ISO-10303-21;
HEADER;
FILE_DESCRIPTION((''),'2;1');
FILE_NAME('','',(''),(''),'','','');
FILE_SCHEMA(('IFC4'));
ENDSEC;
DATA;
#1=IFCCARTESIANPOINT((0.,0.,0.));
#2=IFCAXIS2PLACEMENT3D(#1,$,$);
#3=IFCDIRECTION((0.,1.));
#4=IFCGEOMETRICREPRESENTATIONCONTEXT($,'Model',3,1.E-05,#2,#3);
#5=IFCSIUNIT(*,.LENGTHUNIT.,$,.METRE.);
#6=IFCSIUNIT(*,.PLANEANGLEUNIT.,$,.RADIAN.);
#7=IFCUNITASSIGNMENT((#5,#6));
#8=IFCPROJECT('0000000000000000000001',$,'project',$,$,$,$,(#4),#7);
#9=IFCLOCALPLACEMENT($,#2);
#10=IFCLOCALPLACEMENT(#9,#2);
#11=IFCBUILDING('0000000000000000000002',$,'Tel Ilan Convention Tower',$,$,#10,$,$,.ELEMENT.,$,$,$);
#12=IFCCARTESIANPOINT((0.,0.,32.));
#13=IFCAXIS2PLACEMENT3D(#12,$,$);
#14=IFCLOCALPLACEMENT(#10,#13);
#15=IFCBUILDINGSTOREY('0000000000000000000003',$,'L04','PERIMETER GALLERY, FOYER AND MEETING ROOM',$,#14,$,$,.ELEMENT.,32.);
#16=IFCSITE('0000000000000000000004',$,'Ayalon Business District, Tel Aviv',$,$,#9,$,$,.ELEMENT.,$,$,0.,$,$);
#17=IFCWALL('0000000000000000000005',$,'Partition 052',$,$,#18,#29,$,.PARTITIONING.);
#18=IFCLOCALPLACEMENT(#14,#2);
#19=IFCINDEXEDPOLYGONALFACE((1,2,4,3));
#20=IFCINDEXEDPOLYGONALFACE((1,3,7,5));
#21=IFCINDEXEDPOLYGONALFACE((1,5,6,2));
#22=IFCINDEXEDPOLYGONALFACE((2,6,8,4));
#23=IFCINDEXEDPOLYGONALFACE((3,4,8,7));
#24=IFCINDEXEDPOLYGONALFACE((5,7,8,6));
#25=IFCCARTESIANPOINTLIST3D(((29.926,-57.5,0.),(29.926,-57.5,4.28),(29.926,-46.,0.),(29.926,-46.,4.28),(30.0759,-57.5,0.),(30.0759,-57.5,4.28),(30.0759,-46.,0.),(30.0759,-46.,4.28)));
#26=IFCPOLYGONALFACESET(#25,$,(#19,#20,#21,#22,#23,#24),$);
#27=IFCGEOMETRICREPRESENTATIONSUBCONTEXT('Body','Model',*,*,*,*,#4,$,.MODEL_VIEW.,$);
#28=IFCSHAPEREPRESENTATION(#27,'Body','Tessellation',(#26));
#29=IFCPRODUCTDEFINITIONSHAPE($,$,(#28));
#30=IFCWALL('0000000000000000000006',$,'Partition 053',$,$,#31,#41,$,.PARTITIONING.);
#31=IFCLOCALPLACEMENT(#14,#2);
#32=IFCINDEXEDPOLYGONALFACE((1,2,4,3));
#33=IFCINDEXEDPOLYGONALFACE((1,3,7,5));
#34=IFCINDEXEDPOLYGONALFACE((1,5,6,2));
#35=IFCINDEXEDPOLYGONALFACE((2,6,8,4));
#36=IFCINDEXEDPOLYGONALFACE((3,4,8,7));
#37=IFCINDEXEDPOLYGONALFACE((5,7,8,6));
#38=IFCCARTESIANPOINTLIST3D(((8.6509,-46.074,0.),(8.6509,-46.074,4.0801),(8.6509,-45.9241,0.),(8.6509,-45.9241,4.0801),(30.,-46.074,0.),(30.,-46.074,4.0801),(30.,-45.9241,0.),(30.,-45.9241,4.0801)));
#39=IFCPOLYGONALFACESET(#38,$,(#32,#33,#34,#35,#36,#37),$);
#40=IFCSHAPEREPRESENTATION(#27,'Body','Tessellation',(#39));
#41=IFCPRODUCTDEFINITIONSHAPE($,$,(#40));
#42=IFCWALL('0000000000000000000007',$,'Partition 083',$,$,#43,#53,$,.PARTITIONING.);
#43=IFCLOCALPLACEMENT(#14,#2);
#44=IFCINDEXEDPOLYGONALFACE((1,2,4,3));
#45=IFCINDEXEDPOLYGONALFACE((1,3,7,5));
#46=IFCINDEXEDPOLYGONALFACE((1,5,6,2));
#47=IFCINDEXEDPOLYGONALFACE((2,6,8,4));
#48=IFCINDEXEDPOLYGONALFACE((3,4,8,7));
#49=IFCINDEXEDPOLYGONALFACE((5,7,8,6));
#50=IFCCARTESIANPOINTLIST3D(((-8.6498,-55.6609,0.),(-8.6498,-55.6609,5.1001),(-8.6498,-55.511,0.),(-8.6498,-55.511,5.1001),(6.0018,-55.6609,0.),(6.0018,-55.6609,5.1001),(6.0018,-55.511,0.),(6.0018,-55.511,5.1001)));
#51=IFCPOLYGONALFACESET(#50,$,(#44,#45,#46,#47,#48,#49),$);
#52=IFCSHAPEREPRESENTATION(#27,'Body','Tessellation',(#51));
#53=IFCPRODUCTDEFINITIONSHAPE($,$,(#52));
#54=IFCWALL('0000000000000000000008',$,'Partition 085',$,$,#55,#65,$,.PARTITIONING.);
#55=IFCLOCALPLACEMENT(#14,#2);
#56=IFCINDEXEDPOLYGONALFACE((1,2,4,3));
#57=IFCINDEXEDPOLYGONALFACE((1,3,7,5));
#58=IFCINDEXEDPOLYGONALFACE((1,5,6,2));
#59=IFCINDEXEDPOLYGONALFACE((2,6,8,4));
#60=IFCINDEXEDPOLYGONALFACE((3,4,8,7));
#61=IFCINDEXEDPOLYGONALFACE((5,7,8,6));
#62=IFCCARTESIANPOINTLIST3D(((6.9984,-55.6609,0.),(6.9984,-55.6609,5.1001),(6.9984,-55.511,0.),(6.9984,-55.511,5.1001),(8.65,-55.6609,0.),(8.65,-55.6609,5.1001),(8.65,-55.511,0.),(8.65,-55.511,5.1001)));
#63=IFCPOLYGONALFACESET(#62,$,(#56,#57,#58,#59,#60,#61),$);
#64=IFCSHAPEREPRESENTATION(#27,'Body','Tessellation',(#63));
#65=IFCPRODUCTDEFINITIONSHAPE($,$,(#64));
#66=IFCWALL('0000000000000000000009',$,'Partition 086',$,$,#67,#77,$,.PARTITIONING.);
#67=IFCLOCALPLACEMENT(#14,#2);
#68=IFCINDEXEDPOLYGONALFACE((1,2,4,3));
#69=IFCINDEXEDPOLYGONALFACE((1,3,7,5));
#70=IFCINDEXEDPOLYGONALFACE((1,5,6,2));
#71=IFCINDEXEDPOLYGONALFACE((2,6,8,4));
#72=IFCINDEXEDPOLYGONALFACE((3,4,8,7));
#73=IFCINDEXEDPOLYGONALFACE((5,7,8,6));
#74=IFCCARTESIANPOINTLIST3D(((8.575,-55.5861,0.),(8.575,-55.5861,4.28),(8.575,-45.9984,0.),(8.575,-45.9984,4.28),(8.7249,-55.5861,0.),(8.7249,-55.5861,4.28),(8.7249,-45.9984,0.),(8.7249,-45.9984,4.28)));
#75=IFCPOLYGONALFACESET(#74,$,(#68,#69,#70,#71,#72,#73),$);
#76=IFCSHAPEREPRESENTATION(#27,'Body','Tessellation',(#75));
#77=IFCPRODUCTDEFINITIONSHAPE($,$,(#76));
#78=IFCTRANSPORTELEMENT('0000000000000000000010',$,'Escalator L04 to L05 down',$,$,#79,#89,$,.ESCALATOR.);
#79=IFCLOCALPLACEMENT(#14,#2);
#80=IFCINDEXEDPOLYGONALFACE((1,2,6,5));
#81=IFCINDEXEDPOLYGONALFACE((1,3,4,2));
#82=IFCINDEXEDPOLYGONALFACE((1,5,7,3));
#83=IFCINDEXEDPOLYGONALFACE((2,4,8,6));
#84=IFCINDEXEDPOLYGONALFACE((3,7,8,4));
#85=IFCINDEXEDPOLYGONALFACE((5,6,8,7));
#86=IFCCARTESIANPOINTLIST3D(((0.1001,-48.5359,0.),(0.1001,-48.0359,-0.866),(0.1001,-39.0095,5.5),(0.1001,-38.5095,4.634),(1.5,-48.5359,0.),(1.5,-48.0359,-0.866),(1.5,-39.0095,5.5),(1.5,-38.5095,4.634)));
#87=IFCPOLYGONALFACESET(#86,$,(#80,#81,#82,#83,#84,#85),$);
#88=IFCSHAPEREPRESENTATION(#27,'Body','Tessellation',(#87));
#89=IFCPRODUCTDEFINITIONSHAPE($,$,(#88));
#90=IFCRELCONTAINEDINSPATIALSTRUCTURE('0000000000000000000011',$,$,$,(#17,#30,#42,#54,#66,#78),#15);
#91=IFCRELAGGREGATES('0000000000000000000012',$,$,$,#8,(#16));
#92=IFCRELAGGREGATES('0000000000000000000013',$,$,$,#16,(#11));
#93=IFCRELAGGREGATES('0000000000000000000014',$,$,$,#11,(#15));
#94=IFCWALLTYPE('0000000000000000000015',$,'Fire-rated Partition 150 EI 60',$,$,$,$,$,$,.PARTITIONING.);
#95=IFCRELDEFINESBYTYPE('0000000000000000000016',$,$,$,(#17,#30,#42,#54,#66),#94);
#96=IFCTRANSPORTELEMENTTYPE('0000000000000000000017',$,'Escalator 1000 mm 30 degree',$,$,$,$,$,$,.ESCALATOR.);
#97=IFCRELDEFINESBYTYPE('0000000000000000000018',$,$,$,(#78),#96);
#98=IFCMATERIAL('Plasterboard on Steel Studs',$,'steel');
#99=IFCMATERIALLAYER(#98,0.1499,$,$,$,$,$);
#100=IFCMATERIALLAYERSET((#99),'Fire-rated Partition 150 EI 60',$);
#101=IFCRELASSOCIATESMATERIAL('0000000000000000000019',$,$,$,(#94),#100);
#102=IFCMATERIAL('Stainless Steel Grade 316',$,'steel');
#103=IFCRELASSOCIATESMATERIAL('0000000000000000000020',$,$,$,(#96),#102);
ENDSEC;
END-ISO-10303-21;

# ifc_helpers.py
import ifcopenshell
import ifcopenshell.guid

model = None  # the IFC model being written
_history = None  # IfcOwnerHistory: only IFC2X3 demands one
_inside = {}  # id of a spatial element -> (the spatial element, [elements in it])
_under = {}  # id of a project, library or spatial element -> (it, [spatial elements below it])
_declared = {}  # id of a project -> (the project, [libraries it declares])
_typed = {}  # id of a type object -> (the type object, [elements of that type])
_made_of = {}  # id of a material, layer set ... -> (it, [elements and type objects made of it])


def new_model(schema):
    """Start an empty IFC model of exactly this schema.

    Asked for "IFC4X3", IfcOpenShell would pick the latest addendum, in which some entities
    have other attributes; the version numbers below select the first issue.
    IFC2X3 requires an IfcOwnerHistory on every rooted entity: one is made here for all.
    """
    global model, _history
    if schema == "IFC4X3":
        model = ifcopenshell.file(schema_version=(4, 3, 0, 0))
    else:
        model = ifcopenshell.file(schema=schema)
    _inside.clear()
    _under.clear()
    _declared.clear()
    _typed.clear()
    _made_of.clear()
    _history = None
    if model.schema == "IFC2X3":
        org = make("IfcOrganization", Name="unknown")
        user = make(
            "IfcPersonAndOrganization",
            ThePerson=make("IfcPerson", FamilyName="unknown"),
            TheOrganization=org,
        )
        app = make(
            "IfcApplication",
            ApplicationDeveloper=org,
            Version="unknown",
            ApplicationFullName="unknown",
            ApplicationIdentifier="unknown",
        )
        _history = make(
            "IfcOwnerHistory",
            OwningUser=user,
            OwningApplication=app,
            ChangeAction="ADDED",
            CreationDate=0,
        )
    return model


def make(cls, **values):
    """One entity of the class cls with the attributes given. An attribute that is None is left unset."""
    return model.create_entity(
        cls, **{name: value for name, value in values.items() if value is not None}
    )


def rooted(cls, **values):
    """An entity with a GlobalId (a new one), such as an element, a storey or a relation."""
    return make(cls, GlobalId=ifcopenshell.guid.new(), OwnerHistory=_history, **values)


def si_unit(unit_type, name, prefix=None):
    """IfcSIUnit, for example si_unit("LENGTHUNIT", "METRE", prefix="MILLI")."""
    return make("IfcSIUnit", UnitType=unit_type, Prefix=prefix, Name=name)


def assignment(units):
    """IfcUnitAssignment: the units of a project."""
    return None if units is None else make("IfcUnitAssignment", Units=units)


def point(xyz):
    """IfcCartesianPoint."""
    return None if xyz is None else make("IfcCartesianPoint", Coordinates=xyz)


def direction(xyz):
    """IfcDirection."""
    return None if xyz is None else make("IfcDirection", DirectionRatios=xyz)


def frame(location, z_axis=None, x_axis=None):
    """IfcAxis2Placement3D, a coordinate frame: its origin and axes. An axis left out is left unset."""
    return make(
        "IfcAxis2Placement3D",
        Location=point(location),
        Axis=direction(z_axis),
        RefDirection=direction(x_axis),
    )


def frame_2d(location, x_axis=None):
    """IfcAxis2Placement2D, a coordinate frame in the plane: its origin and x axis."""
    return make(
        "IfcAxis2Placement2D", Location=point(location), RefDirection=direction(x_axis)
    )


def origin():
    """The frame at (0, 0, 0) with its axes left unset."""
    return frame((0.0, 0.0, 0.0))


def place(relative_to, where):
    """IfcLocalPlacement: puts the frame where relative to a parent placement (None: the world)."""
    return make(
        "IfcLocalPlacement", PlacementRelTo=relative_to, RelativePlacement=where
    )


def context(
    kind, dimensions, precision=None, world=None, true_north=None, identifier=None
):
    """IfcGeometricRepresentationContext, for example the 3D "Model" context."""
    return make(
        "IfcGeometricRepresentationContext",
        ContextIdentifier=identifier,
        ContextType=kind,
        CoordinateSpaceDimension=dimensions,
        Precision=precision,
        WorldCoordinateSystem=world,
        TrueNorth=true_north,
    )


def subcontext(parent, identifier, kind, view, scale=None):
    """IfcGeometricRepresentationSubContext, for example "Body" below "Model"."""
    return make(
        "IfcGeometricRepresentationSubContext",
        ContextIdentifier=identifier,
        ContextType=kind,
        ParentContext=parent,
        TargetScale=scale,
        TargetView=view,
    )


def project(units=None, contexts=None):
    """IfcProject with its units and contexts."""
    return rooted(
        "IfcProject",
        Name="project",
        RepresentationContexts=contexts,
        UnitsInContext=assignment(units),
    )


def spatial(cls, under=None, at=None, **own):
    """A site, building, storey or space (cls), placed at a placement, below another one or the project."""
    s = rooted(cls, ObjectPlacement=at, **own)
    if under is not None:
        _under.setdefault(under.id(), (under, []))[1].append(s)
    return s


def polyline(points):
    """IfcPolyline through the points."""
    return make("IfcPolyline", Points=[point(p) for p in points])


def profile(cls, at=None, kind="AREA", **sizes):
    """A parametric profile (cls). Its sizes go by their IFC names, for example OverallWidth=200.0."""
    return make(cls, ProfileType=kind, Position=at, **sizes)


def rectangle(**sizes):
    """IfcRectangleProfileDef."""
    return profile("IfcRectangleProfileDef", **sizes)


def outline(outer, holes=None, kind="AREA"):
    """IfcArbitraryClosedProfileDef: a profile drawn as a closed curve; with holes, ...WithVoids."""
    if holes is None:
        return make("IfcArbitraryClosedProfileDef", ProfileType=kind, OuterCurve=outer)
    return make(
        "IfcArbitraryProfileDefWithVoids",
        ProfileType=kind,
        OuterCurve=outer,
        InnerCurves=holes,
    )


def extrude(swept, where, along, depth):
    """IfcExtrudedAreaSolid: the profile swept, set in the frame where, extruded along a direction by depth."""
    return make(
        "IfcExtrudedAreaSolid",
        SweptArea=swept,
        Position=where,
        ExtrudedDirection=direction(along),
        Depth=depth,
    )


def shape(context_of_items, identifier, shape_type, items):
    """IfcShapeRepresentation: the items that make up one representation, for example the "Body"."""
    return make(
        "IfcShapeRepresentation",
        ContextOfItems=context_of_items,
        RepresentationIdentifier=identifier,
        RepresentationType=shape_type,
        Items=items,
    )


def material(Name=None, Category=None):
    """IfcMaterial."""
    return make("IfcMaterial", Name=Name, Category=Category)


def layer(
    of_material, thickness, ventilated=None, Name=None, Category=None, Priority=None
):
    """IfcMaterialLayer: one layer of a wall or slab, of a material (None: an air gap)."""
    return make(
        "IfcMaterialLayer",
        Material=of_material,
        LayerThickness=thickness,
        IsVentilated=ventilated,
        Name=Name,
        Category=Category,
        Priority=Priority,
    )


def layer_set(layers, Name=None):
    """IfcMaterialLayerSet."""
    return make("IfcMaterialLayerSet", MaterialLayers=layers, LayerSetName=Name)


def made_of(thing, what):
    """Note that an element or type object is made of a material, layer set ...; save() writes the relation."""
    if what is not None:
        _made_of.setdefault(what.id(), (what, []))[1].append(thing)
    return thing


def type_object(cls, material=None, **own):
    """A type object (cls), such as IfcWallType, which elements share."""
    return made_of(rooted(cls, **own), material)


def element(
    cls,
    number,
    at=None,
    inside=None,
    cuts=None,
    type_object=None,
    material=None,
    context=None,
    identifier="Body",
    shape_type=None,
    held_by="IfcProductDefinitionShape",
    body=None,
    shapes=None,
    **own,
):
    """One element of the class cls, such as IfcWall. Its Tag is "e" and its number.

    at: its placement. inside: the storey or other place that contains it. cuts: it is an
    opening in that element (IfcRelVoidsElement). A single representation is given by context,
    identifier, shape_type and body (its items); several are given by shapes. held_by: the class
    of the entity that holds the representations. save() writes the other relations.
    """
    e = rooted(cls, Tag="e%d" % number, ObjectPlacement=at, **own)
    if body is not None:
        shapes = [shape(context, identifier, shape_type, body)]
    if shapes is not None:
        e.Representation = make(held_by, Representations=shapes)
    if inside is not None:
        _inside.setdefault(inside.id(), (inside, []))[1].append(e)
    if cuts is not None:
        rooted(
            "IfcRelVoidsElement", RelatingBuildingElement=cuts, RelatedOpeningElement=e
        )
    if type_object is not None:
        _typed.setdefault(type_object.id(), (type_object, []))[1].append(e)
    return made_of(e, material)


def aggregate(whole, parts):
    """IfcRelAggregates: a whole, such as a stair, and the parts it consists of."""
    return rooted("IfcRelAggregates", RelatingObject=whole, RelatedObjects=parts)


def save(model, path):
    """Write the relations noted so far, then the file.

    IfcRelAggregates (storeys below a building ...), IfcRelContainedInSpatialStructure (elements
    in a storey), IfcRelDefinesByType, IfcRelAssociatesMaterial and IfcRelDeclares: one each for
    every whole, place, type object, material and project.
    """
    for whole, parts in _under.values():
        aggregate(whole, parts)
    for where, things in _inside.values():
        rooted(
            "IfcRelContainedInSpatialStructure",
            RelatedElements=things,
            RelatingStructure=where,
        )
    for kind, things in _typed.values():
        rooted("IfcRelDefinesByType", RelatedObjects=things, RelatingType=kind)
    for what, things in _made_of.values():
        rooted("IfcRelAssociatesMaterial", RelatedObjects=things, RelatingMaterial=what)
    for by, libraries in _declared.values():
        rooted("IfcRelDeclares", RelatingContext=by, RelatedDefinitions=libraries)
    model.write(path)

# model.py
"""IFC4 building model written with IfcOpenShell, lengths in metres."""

from ifc_helpers import new_model, si_unit, direction, frame, frame_2d, origin, place, context, subcontext, project, spatial, polyline, rectangle, outline, extrude, material, layer, layer_set, type_object, element, save


model = new_model("IFC4")

# Units and contexts
model_context = context("Model", 3, precision=1e-05, world=origin(), true_north=direction((0.0, 1.0)))
body_context = subcontext(model_context, "Body", "Model", "MODEL_VIEW")
ifc_project = project(units=[si_unit("LENGTHUNIT", "METRE"), si_unit("PLANEANGLEUNIT", "RADIAN")], contexts=[model_context])

# Site, building, storey
site_placement = place(None, origin())
site = spatial("IfcSite", under=ifc_project, at=site_placement, Name="Ayalon Business District, Tel Aviv", CompositionType="ELEMENT", RefElevation=0.0)
building_placement = place(site_placement, origin())
building = spatial("IfcBuilding", under=site, at=building_placement, Name="Tel Ilan Convention Tower", CompositionType="ELEMENT")
storey_placement = place(building_placement, frame((0.0, 0.0, 32.0)))
storey = spatial("IfcBuildingStorey", under=building, at=storey_placement, Name="L04", Description="PERIMETER GALLERY, FOYER AND MEETING ROOM", CompositionType="ELEMENT", Elevation=32.0)

# Shared definitions
ifc_material_1 = material(Name="Plasterboard on Steel Studs", Category="steel")
ifc_layer = layer(ifc_material_1, 0.1499)
ifc_layer_set = layer_set([ifc_layer], Name="Fire-rated Partition 150 EI 60")
wall_type = type_object("IfcWallType", Name="Fire-rated Partition 150 EI 60", PredefinedType="PARTITIONING", material=ifc_layer_set)

# Walls
wall_1_placement = place(storey_placement, frame((30.001, -57.5, 0.0), z_axis=(0.0, 0.0, 1.0), x_axis=(0.0, 1.0, 0.0)))
element("IfcWall", 1, at=wall_1_placement, inside=storey, type_object=wall_type, Name="Partition 052", PredefinedType="PARTITIONING", context=body_context, shape_type="SweptSolid", body=[
    extrude(rectangle(XDim=11.5, YDim=0.1499, at=frame_2d((5.75, 0.0))), origin(), (0.0, 0.0, 1.0), 4.28),
])
wall_2_placement = place(storey_placement, frame((30.0, -45.999, 0.0), z_axis=(0.0, 0.0, 1.0), x_axis=(-1.0, 0.0, 0.0)))
element("IfcWall", 2, at=wall_2_placement, inside=storey, type_object=wall_type, Name="Partition 053", PredefinedType="PARTITIONING", context=body_context, shape_type="SweptSolid", body=[
    extrude(rectangle(XDim=21.3491, YDim=0.1499, at=frame_2d((10.6746, 0.0))), origin(), (0.0, 0.0, 1.0), 4.0801),
])
wall_3_placement = place(storey_placement, frame((6.0017, -55.5859, 0.0), z_axis=(0.0, 0.0, 1.0), x_axis=(-1.0, 0.0, 0.0)))
element("IfcWall", 3, at=wall_3_placement, inside=storey, type_object=wall_type, Name="Partition 083", PredefinedType="PARTITIONING", context=body_context, shape_type="SweptSolid", body=[
    extrude(rectangle(XDim=14.6516, YDim=0.1499, at=frame_2d((7.3257, 0.0))), origin(), (0.0, 0.0, 1.0), 5.1001),
])
wall_4_placement = place(storey_placement, frame((8.6499, -55.5859, 0.0), z_axis=(0.0, 0.0, 1.0), x_axis=(-1.0, 0.0, 0.0)))
element("IfcWall", 4, at=wall_4_placement, inside=storey, type_object=wall_type, Name="Partition 085", PredefinedType="PARTITIONING", context=body_context, shape_type="SweptSolid", body=[
    extrude(rectangle(XDim=1.6516, YDim=0.1499, at=frame_2d((0.8257, 0.0))), origin(), (0.0, 0.0, 1.0), 5.1001),
])
wall_5_placement = place(storey_placement, frame((8.6499, -45.9983, 0.0), z_axis=(0.0, 0.0, 1.0), x_axis=(0.0, -1.0, 0.0)))
element("IfcWall", 5, at=wall_5_placement, inside=storey, type_object=wall_type, Name="Partition 086", PredefinedType="PARTITIONING", context=body_context, shape_type="SweptSolid", body=[
    extrude(rectangle(XDim=9.5876, YDim=0.1499, at=frame_2d((4.7939, 0.0))), origin(), (0.0, 0.0, 1.0), 4.28),
])

# Transport element
ifc_material_2 = material(Name="Stainless Steel Grade 316", Category="steel")
transport_element_type = type_object("IfcTransportElementType", Name="Escalator 1000 mm 30 degree", PredefinedType="ESCALATOR", material=ifc_material_2)
transport_element_placement = place(storey_placement, frame((0.1001, -48.5359, 0.0), z_axis=(0.0, -0.499997, 0.866027), x_axis=(1.0, 0.0, 0.0)))
element("IfcTransportElement", 6, at=transport_element_placement, inside=storey, type_object=transport_element_type, Name="Escalator L04 to L05 down", PredefinedType="ESCALATOR", context=body_context, shape_type="SweptSolid", body=[
    extrude(outline(polyline([(0.0, 0.0), (1.3999, 0.0), (1.3999, 11.0001), (0.0, 11.0001), (0.0, 0.0)])), origin(), (0.0, 0.0, -1.0), 1.0),
])

save(model, "model.ifc")
